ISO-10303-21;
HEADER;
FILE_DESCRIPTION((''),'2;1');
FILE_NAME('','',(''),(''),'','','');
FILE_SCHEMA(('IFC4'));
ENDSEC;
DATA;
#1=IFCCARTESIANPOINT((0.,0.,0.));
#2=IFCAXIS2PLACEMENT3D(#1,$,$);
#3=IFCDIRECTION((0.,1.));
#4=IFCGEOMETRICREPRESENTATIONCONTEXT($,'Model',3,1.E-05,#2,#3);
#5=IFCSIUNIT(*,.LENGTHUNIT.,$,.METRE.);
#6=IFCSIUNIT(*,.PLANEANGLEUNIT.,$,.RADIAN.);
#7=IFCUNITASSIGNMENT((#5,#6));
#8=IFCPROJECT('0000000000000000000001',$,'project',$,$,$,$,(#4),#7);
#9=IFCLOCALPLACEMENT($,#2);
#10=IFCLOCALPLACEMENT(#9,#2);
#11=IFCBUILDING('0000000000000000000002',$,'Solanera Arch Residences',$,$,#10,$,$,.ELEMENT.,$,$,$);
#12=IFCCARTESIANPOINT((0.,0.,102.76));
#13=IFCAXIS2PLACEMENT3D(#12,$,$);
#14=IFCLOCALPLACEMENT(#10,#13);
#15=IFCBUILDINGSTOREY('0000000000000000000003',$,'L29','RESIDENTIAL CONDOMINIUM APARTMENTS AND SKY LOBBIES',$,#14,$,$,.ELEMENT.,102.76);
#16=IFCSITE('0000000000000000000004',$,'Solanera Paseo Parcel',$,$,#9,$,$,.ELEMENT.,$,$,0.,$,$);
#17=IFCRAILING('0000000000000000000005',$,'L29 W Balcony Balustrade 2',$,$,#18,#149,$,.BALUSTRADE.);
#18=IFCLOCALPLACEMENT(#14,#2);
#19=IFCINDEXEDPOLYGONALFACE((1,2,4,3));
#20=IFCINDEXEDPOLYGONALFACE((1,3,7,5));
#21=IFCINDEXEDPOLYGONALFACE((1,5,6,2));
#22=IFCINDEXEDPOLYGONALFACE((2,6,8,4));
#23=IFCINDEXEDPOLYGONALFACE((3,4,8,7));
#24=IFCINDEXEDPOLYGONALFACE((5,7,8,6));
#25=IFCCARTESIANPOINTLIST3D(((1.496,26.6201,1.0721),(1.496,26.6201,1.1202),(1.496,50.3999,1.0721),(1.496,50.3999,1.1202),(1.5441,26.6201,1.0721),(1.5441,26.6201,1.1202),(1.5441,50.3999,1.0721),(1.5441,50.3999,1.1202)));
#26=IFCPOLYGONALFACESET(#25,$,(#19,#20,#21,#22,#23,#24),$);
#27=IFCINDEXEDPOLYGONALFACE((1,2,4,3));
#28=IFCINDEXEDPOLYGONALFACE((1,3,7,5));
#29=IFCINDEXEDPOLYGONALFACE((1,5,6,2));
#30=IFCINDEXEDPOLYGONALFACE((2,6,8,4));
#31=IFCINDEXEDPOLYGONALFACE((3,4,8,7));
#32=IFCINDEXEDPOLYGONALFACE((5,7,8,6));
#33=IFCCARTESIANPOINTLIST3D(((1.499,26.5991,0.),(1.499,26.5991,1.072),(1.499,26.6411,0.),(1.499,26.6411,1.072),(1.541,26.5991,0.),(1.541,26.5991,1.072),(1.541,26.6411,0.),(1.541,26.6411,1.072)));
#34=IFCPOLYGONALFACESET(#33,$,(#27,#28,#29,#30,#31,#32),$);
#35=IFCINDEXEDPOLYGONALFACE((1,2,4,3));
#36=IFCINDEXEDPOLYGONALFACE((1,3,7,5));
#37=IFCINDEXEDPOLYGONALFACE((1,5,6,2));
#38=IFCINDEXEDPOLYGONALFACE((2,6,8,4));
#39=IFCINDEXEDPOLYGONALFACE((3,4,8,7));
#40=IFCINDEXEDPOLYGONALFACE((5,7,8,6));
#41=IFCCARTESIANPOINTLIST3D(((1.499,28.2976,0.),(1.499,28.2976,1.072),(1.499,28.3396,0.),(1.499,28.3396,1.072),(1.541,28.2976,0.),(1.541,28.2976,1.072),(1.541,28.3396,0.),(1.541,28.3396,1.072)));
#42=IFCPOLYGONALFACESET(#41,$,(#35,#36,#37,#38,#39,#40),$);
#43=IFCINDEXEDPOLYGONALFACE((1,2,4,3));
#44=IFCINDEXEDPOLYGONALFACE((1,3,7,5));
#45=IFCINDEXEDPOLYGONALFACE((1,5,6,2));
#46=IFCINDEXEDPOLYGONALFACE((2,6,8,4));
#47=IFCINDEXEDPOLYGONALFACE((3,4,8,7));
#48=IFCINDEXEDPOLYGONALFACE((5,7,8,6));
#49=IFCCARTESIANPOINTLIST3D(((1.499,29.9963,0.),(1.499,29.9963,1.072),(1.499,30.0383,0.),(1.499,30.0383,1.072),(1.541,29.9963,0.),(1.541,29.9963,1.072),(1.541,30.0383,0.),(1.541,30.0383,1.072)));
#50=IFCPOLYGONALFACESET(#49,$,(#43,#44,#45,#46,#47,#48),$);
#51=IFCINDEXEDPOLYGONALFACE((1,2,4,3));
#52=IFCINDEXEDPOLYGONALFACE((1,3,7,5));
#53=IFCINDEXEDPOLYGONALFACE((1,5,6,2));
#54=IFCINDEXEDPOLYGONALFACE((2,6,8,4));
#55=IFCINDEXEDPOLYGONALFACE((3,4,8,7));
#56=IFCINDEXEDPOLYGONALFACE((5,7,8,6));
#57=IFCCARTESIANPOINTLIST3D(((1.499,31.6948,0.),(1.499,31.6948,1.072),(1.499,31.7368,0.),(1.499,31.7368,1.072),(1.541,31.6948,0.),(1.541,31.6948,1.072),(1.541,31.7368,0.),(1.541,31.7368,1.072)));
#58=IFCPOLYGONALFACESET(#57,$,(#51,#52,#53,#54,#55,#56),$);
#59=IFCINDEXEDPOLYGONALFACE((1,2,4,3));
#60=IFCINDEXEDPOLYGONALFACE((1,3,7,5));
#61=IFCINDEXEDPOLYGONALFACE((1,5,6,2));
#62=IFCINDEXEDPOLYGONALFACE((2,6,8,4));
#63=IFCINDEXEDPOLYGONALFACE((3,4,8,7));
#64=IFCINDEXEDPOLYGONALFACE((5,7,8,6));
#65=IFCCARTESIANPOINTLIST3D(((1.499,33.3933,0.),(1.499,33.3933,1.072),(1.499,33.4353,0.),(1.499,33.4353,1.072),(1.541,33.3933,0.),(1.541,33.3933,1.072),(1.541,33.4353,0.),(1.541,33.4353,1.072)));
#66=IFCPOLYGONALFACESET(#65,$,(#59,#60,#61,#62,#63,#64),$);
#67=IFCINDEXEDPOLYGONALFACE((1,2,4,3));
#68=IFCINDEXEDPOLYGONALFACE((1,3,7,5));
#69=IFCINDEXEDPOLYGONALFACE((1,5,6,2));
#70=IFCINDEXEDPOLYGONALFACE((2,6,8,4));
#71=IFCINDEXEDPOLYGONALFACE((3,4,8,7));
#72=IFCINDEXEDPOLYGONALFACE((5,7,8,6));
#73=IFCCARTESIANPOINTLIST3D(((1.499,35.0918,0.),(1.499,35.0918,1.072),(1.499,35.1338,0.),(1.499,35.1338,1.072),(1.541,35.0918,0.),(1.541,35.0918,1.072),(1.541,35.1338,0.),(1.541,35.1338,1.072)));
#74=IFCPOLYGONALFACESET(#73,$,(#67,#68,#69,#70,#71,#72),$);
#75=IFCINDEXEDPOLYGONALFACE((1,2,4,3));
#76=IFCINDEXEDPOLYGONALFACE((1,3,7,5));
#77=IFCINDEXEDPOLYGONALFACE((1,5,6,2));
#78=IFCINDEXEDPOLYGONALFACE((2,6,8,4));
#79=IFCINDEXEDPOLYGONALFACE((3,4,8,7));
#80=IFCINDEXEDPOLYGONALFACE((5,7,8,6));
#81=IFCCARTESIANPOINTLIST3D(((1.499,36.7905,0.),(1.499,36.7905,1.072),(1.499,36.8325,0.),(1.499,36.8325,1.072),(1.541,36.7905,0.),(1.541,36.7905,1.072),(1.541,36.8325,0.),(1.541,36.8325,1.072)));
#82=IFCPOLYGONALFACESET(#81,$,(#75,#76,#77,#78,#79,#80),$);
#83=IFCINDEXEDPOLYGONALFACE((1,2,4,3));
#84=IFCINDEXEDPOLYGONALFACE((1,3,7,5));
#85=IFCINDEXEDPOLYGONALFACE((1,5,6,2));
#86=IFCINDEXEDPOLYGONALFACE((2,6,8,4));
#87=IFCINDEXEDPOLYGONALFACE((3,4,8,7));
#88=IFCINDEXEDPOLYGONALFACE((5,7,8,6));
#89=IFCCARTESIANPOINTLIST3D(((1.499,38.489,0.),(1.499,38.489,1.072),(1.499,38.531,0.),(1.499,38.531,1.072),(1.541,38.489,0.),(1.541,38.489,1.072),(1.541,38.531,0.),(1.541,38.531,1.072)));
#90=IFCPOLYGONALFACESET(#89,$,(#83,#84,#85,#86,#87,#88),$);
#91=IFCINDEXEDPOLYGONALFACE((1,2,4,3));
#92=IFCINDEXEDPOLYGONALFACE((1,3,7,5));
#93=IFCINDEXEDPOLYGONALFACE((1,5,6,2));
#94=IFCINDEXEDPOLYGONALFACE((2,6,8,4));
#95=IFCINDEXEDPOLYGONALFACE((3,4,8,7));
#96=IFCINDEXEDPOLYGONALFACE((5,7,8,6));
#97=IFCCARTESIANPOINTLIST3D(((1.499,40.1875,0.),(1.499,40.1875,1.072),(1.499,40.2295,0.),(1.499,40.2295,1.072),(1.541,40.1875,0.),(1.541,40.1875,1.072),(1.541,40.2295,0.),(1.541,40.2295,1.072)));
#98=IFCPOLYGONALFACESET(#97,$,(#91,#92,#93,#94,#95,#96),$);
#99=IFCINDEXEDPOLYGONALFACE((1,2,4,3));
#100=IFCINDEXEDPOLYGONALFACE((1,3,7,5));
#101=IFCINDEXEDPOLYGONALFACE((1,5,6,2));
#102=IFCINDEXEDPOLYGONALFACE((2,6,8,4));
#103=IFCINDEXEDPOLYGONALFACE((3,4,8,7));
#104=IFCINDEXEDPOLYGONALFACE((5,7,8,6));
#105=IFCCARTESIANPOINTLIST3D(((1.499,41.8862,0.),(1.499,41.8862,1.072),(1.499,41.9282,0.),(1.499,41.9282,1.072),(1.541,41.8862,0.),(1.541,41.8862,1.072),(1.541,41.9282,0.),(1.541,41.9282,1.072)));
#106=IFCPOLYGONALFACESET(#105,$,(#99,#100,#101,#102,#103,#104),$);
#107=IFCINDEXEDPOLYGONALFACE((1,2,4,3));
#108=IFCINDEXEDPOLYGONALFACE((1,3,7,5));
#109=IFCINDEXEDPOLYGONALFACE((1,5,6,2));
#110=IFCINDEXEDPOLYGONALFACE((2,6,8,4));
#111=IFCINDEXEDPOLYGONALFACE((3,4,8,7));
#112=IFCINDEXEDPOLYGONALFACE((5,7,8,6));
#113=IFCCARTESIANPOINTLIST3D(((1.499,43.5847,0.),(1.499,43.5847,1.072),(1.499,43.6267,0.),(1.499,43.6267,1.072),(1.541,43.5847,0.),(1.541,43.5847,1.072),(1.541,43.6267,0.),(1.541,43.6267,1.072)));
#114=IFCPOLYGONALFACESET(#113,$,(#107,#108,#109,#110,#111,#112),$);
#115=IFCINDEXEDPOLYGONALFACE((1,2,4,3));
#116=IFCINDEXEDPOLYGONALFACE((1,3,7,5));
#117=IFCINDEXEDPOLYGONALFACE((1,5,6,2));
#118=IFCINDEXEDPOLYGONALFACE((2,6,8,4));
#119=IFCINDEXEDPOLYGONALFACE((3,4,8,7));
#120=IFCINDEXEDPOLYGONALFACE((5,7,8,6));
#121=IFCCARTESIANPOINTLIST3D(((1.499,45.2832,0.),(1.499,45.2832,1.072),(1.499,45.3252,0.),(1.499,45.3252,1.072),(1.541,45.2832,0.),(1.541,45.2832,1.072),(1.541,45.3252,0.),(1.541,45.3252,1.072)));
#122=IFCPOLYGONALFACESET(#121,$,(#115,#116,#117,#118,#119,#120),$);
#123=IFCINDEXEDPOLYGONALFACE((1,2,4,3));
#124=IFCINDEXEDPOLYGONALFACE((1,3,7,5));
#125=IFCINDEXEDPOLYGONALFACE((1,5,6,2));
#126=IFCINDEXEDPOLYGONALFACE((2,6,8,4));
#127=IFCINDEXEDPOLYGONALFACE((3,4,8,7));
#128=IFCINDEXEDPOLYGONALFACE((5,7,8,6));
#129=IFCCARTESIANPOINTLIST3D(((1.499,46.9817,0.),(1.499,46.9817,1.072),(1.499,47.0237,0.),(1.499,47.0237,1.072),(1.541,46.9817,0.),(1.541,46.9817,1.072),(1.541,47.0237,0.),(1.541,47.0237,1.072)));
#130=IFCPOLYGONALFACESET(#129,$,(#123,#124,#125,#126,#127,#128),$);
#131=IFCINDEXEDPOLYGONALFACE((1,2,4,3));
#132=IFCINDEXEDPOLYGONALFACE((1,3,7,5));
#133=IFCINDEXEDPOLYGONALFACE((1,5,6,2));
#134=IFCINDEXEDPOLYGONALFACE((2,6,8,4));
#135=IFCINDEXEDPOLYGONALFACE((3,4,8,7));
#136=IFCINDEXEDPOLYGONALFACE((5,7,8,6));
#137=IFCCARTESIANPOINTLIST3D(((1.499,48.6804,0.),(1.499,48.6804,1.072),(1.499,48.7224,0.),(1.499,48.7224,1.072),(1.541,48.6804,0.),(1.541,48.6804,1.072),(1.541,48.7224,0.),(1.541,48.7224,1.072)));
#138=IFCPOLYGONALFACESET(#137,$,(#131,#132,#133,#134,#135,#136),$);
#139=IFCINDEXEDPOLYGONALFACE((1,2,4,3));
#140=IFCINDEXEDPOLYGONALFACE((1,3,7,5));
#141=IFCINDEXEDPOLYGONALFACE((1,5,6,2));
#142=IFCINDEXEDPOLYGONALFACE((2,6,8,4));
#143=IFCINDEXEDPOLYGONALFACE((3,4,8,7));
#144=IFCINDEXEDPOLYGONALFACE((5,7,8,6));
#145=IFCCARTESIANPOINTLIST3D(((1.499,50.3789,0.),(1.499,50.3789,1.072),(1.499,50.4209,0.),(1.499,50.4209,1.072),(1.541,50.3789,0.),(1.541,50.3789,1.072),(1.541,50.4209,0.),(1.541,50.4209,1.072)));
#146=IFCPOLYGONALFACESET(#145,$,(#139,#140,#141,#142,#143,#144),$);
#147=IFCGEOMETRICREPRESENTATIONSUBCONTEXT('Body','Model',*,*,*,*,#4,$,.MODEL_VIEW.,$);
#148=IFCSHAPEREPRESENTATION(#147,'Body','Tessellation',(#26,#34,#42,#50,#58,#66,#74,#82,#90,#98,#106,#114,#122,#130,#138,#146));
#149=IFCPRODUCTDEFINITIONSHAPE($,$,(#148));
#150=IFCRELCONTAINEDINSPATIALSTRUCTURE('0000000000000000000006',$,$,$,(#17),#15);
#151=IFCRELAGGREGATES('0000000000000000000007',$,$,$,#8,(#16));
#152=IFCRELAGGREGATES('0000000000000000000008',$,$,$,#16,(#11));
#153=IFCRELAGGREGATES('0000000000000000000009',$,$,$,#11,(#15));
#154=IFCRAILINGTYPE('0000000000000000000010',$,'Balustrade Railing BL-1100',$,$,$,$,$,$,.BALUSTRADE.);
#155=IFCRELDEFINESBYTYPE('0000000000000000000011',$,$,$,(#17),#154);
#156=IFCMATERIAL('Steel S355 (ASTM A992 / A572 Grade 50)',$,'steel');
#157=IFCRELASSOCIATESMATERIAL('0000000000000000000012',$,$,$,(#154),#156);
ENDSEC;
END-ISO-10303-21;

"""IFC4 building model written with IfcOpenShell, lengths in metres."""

from ifc_helpers import new_model, si_unit, direction, frame, origin, origin_2d, place, context, subcontext, project, spatial, rectangle, extrude, material, type_object, element, save


model = new_model("IFC4")

# Units and contexts
model_context = context("Model", 3, precision=1e-05, world=origin(), true_north=direction((0.0, 1.0)))
body_context = subcontext(model_context, "Body", "Model", "MODEL_VIEW")
ifc_project = project(units=[si_unit("LENGTHUNIT", "METRE"), si_unit("PLANEANGLEUNIT", "RADIAN")], contexts=[model_context])

# Site, building, storey
site_placement = place(None, origin())
site = spatial("IfcSite", under=ifc_project, at=site_placement, Name="Solanera Paseo Parcel", CompositionType="ELEMENT", RefElevation=0.0)
building_placement = place(site_placement, origin())
building = spatial("IfcBuilding", under=site, at=building_placement, Name="Solanera Arch Residences", CompositionType="ELEMENT")
storey_placement = place(building_placement, frame((0.0, 0.0, 102.76)))
storey = spatial("IfcBuildingStorey", under=building, at=storey_placement, Name="L29", Description="RESIDENTIAL CONDOMINIUM APARTMENTS AND SKY LOBBIES", CompositionType="ELEMENT", Elevation=102.76)

# Railing
ifc_material_1 = material(Name="Steel S355 (ASTM A992 / A572 Grade 50)", Category="steel")
railing_type = type_object("IfcRailingType", Name="Balustrade Railing BL-1100", PredefinedType="BALUSTRADE", material=ifc_material_1)
railing_placement = place(storey_placement, frame((1.52, 26.6201, 0.0)))
element("IfcRailing", 1, at=railing_placement, inside=storey, type_object=railing_type, Name="L29 W Balcony Balustrade 2", PredefinedType="BALUSTRADE", context=body_context, shape_type="SweptSolid", body=[
    extrude(rectangle(XDim=0.0481, YDim=0.0481, at=origin_2d()), frame((0.0, 0.0, 1.0962), z_axis=(0.0, 1.0, 0.0), x_axis=(-1.0, 0.0, 0.0)), (0.0, 0.0, 1.0), 23.7798),
    extrude(rectangle(XDim=0.042, YDim=0.042, at=origin_2d()), origin(), (0.0, 0.0, 1.0), 1.072),
    extrude(rectangle(XDim=0.042, YDim=0.042, at=origin_2d()), frame((0.0, 1.6985, 0.0)), (0.0, 0.0, 1.0), 1.072),
    extrude(rectangle(XDim=0.042, YDim=0.042, at=origin_2d()), frame((0.0, 3.3972, 0.0)), (0.0, 0.0, 1.0), 1.072),
    extrude(rectangle(XDim=0.042, YDim=0.042, at=origin_2d()), frame((0.0, 5.0957, 0.0)), (0.0, 0.0, 1.0), 1.072),
    extrude(rectangle(XDim=0.042, YDim=0.042, at=origin_2d()), frame((0.0, 6.7942, 0.0)), (0.0, 0.0, 1.0), 1.072),
    extrude(rectangle(XDim=0.042, YDim=0.042, at=origin_2d()), frame((0.0, 8.4927, 0.0)), (0.0, 0.0, 1.0), 1.072),
    extrude(rectangle(XDim=0.042, YDim=0.042, at=origin_2d()), frame((0.0, 10.1914, 0.0)), (0.0, 0.0, 1.0), 1.072),
    extrude(rectangle(XDim=0.042, YDim=0.042, at=origin_2d()), frame((0.0, 11.8899, 0.0)), (0.0, 0.0, 1.0), 1.072),
    extrude(rectangle(XDim=0.042, YDim=0.042, at=origin_2d()), frame((0.0, 13.5884, 0.0)), (0.0, 0.0, 1.0), 1.072),
    extrude(rectangle(XDim=0.042, YDim=0.042, at=origin_2d()), frame((0.0, 15.2871, 0.0)), (0.0, 0.0, 1.0), 1.072),
    extrude(rectangle(XDim=0.042, YDim=0.042, at=origin_2d()), frame((0.0, 16.9856, 0.0)), (0.0, 0.0, 1.0), 1.072),
    extrude(rectangle(XDim=0.042, YDim=0.042, at=origin_2d()), frame((0.0, 18.6841, 0.0)), (0.0, 0.0, 1.0), 1.072),
    extrude(rectangle(XDim=0.042, YDim=0.042, at=origin_2d()), frame((0.0, 20.3826, 0.0)), (0.0, 0.0, 1.0), 1.072),
    extrude(rectangle(XDim=0.042, YDim=0.042, at=origin_2d()), frame((0.0, 22.0813, 0.0)), (0.0, 0.0, 1.0), 1.072),
    extrude(rectangle(XDim=0.042, YDim=0.042, at=origin_2d()), frame((0.0, 23.7798, 0.0)), (0.0, 0.0, 1.0), 1.072),
])

save(model, "model.ifc")
